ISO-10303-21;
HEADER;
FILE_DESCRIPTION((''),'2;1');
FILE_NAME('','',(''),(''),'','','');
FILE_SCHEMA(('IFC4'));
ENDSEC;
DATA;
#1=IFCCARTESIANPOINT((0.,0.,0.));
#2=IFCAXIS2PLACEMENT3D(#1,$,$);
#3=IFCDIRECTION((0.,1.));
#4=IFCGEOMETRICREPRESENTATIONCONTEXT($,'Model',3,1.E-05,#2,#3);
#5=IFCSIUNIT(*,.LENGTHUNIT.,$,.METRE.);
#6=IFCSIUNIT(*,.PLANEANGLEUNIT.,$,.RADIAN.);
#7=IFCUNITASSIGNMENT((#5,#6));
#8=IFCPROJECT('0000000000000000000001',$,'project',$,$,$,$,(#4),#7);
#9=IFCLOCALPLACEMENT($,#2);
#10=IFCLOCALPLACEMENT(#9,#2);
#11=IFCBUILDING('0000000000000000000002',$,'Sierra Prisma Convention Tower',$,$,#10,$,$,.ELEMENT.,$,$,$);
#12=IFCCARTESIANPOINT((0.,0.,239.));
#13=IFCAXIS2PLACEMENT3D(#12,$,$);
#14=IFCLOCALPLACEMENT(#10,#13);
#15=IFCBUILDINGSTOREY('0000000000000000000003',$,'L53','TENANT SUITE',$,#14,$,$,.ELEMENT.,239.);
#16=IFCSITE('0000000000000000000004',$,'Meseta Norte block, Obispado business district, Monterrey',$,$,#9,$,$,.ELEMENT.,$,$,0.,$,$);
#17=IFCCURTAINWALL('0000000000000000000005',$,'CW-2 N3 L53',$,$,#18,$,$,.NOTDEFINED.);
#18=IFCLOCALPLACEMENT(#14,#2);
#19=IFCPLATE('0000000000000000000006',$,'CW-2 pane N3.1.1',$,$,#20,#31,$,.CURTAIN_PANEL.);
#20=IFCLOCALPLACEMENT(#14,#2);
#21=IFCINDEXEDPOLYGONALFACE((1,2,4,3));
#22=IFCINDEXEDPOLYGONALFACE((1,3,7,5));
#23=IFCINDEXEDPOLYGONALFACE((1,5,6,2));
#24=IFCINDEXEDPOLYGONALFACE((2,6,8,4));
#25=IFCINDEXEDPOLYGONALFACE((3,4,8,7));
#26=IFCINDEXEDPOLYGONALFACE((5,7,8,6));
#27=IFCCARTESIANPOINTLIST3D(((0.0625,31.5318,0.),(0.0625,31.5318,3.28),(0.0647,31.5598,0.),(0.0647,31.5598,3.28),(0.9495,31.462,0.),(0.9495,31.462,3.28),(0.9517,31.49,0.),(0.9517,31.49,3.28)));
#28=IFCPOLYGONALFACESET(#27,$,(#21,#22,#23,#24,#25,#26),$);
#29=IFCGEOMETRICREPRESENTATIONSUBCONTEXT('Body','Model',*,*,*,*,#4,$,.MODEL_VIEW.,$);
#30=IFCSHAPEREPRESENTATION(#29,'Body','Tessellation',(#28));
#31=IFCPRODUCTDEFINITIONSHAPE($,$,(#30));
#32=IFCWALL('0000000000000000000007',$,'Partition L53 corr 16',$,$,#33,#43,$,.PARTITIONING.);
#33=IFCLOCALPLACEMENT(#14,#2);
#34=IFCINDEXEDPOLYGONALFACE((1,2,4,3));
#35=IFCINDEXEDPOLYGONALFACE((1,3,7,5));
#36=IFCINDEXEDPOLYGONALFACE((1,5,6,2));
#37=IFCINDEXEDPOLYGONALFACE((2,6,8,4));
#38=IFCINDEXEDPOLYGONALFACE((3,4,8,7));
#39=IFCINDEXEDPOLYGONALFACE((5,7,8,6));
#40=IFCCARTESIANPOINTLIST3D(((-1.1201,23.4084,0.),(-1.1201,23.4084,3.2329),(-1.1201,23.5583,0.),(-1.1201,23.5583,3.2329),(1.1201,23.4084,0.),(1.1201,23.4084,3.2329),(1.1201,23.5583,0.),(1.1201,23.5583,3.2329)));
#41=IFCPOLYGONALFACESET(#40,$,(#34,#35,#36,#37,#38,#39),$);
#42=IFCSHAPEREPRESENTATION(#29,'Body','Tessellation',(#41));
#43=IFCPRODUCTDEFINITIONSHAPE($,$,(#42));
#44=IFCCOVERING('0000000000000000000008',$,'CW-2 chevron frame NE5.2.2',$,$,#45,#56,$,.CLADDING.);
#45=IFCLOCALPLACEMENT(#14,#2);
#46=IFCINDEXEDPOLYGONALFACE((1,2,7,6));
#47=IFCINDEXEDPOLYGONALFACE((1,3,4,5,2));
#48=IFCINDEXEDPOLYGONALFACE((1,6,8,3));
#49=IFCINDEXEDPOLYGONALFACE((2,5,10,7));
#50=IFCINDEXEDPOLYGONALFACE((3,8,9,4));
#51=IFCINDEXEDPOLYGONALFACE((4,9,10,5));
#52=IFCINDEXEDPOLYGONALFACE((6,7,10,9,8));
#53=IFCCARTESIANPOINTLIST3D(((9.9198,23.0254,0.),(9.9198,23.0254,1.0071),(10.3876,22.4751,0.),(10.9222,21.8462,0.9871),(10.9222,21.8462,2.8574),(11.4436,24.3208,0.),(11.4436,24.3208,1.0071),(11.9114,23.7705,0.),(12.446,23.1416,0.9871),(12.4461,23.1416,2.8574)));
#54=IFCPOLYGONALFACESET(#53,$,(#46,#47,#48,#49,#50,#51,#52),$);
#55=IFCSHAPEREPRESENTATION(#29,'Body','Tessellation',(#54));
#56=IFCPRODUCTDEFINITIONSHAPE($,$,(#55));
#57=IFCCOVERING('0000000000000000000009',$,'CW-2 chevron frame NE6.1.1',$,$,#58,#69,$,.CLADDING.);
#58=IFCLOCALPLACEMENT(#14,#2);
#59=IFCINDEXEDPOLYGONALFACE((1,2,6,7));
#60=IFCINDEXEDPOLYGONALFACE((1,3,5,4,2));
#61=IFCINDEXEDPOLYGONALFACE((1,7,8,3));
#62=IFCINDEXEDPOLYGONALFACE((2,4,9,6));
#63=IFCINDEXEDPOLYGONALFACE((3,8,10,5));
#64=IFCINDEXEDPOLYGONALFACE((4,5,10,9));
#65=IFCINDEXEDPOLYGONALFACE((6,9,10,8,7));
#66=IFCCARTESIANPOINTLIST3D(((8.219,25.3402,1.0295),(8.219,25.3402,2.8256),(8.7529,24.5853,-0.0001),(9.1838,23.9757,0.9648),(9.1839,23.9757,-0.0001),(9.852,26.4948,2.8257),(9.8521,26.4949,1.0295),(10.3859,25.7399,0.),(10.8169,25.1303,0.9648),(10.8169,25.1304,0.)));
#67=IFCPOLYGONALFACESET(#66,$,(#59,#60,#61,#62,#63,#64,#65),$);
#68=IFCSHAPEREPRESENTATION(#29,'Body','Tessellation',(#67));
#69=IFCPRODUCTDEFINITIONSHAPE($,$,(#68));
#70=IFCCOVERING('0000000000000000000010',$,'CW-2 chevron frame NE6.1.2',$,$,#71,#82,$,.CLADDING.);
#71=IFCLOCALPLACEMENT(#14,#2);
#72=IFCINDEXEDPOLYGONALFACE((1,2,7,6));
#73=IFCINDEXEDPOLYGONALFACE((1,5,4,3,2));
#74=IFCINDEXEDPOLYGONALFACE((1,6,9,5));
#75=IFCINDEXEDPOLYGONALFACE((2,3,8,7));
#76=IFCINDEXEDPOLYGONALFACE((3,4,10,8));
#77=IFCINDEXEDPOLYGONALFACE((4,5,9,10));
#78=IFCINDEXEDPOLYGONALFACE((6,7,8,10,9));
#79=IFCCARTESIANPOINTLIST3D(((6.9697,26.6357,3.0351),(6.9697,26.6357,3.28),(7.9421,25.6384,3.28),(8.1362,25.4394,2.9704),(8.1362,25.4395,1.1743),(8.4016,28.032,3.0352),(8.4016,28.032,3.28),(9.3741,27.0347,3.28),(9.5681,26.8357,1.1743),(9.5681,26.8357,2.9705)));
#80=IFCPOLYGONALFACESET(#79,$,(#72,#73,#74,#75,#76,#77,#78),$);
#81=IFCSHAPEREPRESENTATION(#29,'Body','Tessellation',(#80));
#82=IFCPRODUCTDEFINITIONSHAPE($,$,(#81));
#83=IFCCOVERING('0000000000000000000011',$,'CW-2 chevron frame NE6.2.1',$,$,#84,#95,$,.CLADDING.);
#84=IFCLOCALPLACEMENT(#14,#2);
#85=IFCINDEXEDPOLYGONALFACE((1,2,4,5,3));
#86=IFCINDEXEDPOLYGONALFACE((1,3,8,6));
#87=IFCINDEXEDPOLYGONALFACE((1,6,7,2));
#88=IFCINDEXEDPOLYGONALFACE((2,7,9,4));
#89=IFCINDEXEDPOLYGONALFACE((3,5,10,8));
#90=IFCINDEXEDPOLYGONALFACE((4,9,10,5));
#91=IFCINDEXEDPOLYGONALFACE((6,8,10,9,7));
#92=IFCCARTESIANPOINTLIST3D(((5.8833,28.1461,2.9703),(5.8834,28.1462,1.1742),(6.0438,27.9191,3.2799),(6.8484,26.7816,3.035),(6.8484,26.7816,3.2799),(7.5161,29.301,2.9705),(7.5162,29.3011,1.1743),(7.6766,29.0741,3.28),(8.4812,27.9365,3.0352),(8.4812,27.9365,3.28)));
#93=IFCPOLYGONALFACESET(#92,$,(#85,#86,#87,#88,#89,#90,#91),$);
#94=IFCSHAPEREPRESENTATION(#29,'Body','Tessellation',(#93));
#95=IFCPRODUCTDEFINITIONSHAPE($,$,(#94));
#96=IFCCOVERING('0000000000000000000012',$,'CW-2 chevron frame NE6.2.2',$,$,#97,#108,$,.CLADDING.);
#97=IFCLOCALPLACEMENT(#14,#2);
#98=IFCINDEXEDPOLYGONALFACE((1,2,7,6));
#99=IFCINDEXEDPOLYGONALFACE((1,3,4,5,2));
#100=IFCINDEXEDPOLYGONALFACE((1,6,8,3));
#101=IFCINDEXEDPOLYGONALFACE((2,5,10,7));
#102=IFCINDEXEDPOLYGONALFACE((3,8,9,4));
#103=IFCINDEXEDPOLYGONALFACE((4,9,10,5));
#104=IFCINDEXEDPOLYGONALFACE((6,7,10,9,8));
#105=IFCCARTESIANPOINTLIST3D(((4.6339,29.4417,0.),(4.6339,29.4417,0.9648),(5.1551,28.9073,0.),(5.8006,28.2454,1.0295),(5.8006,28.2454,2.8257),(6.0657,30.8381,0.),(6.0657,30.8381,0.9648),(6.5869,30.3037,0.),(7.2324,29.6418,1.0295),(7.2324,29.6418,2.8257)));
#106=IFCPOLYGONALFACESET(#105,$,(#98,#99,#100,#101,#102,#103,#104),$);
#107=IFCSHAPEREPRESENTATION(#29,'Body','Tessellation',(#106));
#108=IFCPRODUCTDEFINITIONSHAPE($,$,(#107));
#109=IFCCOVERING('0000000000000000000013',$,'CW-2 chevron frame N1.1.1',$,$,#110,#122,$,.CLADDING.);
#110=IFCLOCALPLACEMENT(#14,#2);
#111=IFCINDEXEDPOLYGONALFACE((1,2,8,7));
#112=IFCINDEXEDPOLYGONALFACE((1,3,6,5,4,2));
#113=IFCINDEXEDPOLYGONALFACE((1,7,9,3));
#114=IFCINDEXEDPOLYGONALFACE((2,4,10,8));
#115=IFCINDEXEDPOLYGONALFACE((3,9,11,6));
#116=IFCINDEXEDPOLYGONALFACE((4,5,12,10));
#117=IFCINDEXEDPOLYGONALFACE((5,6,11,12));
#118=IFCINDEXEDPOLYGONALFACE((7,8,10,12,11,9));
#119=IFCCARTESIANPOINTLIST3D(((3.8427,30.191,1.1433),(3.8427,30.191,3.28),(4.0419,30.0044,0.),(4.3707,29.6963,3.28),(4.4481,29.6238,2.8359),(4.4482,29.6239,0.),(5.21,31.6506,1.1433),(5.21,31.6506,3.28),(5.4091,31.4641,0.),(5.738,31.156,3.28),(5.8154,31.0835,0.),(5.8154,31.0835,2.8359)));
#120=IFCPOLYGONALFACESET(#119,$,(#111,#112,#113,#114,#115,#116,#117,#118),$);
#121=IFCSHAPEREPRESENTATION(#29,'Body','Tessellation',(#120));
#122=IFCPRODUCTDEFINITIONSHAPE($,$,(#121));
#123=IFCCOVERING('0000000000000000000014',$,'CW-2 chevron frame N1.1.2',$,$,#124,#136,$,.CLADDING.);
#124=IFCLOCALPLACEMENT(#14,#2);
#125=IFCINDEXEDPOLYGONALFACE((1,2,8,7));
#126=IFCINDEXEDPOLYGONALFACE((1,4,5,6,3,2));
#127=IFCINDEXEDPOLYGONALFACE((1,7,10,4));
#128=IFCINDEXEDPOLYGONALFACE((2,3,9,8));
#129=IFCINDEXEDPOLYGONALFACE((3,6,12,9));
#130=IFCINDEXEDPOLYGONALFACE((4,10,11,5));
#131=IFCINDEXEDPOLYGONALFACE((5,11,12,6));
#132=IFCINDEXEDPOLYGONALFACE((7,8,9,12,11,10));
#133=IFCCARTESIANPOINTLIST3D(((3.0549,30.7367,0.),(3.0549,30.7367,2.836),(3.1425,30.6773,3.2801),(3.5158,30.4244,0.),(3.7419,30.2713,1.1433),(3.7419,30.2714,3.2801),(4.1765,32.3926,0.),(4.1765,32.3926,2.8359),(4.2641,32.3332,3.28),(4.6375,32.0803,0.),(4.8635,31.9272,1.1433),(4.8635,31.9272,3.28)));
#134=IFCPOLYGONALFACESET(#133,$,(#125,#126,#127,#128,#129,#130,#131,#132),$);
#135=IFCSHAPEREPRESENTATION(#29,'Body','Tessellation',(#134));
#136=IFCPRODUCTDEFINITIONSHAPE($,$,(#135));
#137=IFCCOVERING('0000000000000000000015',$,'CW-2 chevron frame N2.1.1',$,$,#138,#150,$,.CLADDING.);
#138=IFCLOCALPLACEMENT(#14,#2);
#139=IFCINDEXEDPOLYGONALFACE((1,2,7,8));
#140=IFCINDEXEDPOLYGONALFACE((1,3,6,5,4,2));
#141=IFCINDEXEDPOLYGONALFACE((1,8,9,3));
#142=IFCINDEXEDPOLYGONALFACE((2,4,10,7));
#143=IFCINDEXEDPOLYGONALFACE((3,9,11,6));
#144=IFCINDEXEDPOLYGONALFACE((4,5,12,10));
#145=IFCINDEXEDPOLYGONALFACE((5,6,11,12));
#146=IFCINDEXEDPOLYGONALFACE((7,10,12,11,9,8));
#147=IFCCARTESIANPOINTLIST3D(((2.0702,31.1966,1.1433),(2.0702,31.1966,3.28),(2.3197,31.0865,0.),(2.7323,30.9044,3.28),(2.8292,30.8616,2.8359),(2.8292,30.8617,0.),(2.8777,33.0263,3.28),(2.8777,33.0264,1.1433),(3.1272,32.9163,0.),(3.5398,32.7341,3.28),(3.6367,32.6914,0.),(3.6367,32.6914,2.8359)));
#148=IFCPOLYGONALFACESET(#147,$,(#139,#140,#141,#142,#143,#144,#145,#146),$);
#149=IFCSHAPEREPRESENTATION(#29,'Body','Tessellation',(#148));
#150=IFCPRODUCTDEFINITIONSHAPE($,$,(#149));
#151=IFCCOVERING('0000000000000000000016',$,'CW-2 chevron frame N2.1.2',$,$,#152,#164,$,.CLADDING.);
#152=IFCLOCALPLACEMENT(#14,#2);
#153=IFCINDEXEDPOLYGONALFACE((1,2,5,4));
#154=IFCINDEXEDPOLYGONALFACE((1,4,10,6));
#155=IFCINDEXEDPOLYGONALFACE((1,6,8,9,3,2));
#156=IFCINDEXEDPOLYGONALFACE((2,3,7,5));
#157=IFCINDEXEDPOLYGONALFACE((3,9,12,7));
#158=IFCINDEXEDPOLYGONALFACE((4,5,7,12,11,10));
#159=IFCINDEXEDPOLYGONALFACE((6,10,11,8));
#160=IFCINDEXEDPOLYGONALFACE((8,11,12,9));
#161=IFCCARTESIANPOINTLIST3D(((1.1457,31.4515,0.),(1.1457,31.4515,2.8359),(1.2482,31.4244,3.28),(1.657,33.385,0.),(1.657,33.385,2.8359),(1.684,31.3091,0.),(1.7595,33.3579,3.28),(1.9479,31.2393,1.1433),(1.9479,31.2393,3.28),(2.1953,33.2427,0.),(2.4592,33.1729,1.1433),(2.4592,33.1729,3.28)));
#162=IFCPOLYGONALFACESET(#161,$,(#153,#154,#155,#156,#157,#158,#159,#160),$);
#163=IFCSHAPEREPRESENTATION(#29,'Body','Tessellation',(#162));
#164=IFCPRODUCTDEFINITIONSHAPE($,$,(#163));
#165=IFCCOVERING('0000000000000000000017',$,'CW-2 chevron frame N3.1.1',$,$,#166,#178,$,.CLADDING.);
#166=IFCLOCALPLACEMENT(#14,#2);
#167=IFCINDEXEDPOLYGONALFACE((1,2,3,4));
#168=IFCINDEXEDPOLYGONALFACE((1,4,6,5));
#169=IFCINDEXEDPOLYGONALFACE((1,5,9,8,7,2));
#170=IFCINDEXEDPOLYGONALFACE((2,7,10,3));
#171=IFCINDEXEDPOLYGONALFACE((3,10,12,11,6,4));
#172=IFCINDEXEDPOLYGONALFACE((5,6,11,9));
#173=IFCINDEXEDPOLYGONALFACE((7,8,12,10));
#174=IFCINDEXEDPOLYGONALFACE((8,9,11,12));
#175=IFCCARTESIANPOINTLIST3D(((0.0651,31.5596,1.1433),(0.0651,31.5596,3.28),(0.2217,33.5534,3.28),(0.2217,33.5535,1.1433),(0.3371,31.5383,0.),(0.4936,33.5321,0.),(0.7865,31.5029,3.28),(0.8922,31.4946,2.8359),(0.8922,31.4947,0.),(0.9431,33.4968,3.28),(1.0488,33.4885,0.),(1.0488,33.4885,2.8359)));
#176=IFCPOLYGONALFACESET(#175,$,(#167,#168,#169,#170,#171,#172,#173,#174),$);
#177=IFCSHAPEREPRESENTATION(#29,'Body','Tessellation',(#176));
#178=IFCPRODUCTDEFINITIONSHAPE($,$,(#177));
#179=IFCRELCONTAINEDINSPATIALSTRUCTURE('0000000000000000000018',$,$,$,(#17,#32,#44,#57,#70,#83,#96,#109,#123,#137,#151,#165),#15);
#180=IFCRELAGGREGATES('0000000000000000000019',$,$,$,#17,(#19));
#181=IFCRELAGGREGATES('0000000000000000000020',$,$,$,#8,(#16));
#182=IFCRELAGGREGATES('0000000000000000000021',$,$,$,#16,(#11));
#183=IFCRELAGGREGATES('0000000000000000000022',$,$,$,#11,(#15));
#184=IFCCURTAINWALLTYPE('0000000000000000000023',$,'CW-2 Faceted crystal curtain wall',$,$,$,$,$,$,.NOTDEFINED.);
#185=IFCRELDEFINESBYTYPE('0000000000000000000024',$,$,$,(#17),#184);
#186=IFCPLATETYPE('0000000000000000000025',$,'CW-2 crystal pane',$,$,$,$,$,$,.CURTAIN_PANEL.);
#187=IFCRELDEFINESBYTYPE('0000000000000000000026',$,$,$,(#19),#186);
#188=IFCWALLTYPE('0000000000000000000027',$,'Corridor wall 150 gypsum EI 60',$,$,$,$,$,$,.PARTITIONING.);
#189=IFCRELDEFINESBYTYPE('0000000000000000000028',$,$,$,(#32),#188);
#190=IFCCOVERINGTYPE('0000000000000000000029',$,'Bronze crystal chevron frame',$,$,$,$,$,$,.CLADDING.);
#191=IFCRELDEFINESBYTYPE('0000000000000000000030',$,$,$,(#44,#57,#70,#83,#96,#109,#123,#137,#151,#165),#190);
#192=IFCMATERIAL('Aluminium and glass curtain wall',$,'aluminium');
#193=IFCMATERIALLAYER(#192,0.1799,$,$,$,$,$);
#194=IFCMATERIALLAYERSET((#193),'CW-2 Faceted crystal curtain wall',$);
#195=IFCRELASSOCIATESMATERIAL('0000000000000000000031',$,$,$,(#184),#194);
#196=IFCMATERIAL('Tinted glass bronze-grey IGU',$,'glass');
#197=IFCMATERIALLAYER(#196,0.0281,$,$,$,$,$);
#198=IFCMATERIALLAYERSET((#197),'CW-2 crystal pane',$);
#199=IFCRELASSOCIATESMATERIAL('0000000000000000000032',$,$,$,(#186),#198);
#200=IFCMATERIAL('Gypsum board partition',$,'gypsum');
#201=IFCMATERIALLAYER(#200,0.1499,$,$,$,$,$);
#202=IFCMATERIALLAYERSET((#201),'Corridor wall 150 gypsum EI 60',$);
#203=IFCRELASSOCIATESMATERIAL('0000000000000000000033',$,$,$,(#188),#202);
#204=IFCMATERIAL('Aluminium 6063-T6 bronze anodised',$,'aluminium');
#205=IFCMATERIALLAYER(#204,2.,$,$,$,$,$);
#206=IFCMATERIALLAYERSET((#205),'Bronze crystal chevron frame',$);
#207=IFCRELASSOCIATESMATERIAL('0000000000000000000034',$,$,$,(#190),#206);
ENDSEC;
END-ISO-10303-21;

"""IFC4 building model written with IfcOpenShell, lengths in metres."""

from ifc_helpers import new_model, si_unit, direction, frame, frame_2d, origin, place, context, subcontext, project, spatial, polyline, rectangle, outline, extrude, material, layer, layer_set, type_object, element, aggregate, save


model = new_model("IFC4")

# Units and contexts
model_context = context("Model", 3, precision=1e-05, world=origin(), true_north=direction((0.0, 1.0)))
body_context = subcontext(model_context, "Body", "Model", "MODEL_VIEW")
ifc_project = project(units=[si_unit("LENGTHUNIT", "METRE"), si_unit("PLANEANGLEUNIT", "RADIAN")], contexts=[model_context])

# Site, building, storey
site_placement = place(None, origin())
site = spatial("IfcSite", under=ifc_project, at=site_placement, Name="Meseta Norte block, Obispado business district, Monterrey", CompositionType="ELEMENT", RefElevation=0.0)
building_placement = place(site_placement, origin())
building = spatial("IfcBuilding", under=site, at=building_placement, Name="Sierra Prisma Convention Tower", CompositionType="ELEMENT")
storey_placement = place(building_placement, frame((0.0, 0.0, 239.0)))
storey = spatial("IfcBuildingStorey", under=building, at=storey_placement, Name="L53", Description="TENANT SUITE", CompositionType="ELEMENT", Elevation=239.0)

# Shared definitions
ifc_material_1 = material(Name="Aluminium and glass curtain wall", Category="aluminium")
ifc_layer_1 = layer(ifc_material_1, 0.1799)
ifc_layer_set_1 = layer_set([ifc_layer_1], Name="CW-2 Faceted crystal curtain wall")
curtain_wall_type = type_object("IfcCurtainWallType", Name="CW-2 Faceted crystal curtain wall", PredefinedType="NOTDEFINED", material=ifc_layer_set_1)

# Curtain wall
curtain_wall_1_placement = place(storey_placement, origin())
curtain_wall_1 = element("IfcCurtainWall", 1, at=curtain_wall_1_placement, inside=storey, type_object=curtain_wall_type, Name="CW-2 N3 L53", PredefinedType="NOTDEFINED")

# Plate
ifc_material_2 = material(Name="Tinted glass bronze-grey IGU", Category="glass")
ifc_layer_2 = layer(ifc_material_2, 0.0281)
ifc_layer_set_2 = layer_set([ifc_layer_2], Name="CW-2 crystal pane")
plate_type = type_object("IfcPlateType", Name="CW-2 crystal pane", PredefinedType="CURTAIN_PANEL", material=ifc_layer_set_2)
plate_1_placement = place(storey_placement, frame((0.9517, 31.49, 0.0), z_axis=(0.07848, 0.996916, 0.0), x_axis=(-0.996916, 0.07848, 0.0)))
plate_1 = element("IfcPlate", 2, at=plate_1_placement, type_object=plate_type, Name="CW-2 pane N3.1.1", PredefinedType="CURTAIN_PANEL", context=body_context, shape_type="SweptSolid", body=[
    extrude(outline(polyline([(0.0, 0.0), (0.8897, 0.0), (0.8897, 3.28), (0.0, 3.28), (0.0, 0.0)])), origin(), (0.0, 0.0, -1.0), 0.0281),
])
aggregate(curtain_wall_1, [plate_1])

# Wall
ifc_material_3 = material(Name="Gypsum board partition", Category="gypsum")
ifc_layer_3 = layer(ifc_material_3, 0.1499)
ifc_layer_set_3 = layer_set([ifc_layer_3], Name="Corridor wall 150 gypsum EI 60")
wall_type = type_object("IfcWallType", Name="Corridor wall 150 gypsum EI 60", PredefinedType="PARTITIONING", material=ifc_layer_set_3)
wall_placement = place(storey_placement, frame((1.1201, 23.4834, 0.0), z_axis=(0.0, 0.0, 1.0), x_axis=(-1.0, 0.0, 0.0)))
element("IfcWall", 3, at=wall_placement, inside=storey, type_object=wall_type, Name="Partition L53 corr 16", PredefinedType="PARTITIONING", context=body_context, shape_type="SweptSolid", body=[
    extrude(rectangle(XDim=2.2402, YDim=0.1499, at=frame_2d((1.1201, 0.0))), origin(), (0.0, 0.0, 1.0), 3.2329),
])

# Coverings
ifc_material_4 = material(Name="Aluminium 6063-T6 bronze anodised", Category="aluminium")
ifc_layer_4 = layer(ifc_material_4, 2.0)
ifc_layer_set_4 = layer_set([ifc_layer_4], Name="Bronze crystal chevron frame")
covering_type = type_object("IfcCoveringType", Name="Bronze crystal chevron frame", PredefinedType="CLADDING", material=ifc_layer_set_4)
covering_1_placement = place(storey_placement, frame((11.4436, 24.3208, 0.0), z_axis=(0.761903, 0.647691, -0.000007), x_axis=(0.000006, 0.000005, 1.0)))
element("IfcCovering", 4, at=covering_1_placement, inside=storey, type_object=covering_type, Name="CW-2 chevron frame NE5.2.2", PredefinedType="CLADDING", context=body_context, shape_type="SweptSolid", body=[
    extrude(outline(polyline([(0.0, 0.0), (1.0071, 0.0), (2.8574, 1.5477), (0.9871, 1.5477), (0.0, 0.7222), (0.0, 0.0)])), origin(), (0.0, 0.0, -1.0), 2.0),
])
covering_2_placement = place(storey_placement, frame((10.8169, 25.1304, 0.0), z_axis=(0.816512, 0.577329, 0.000039), x_axis=(-0.577329, 0.816512, 0.0)))
element("IfcCovering", 5, at=covering_2_placement, inside=storey, type_object=covering_type, Name="CW-2 chevron frame NE6.1.1", PredefinedType="CLADDING", context=body_context, shape_type="SweptSolid", body=[
    extrude(outline(polyline([(0.0, 0.0), (0.7465, 0.0), (1.6712, 1.0295), (1.6712, 2.8257), (0.0, 0.9648), (0.0, 0.0)])), origin(), (0.0, 0.0, -1.0), 2.0),
])
covering_3_placement = place(storey_placement, frame((9.5681, 26.8357, 2.9705), z_axis=(0.715966, 0.698135, 0.000022), x_axis=(0.000016, 0.000015, -1.0)))
element("IfcCovering", 6, at=covering_3_placement, inside=storey, type_object=covering_type, Name="CW-2 chevron frame NE6.1.2", PredefinedType="CLADDING", context=body_context, shape_type="SweptSolid", body=[
    extrude(outline(polyline([(0.0, 0.0), (1.7961, 0.0), (-0.0647, 1.6709), (-0.3096, 1.6709), (-0.3096, 0.278), (0.0, 0.0)])), origin(), (0.0, 0.0, -1.0), 2.0),
])
covering_4_placement = place(storey_placement, frame((8.4812, 27.9365, 3.28), z_axis=(0.816422, 0.577456, 0.000067), x_axis=(0.000055, 0.000039, -1.0)))
element("IfcCovering", 7, at=covering_4_placement, inside=storey, type_object=covering_type, Name="CW-2 chevron frame NE6.2.1", PredefinedType="CLADDING", context=body_context, shape_type="SweptSolid", body=[
    extrude(outline(polyline([(0.0, 0.0), (0.2449, 0.0), (2.1057, 1.6713), (0.3096, 1.6713), (0.0, 1.3933), (0.0, 0.0)])), origin(), (0.0, 0.0, -1.0), 2.0),
])
covering_5_placement = place(storey_placement, frame((6.0657, 30.8381, 0.0), z_axis=(0.715889, 0.698214, 0.000003), x_axis=(-0.000002, -0.000002, 1.0)))
element("IfcCovering", 8, at=covering_5_placement, inside=storey, type_object=covering_type, Name="CW-2 chevron frame NE6.2.2", PredefinedType="CLADDING", context=body_context, shape_type="SweptSolid", body=[
    extrude(outline(polyline([(0.0, 0.0), (0.9648, 0.0), (2.8257, 1.6711), (1.0295, 1.6711), (0.0, 0.7465), (0.0, 0.0)])), origin(), (0.0, 0.0, -1.0), 2.0),
])
covering_6_placement = place(storey_placement, frame((5.8154, 31.0835, 0.0), z_axis=(0.683637, 0.729822, 0.000008), x_axis=(-0.729822, 0.683637, 0.0)))
element("IfcCovering", 9, at=covering_6_placement, inside=storey, type_object=covering_type, Name="CW-2 chevron frame N1.1.1", PredefinedType="CLADDING", context=body_context, shape_type="SweptSolid", body=[
    extrude(outline(polyline([(0.0, 0.0), (0.5567, 0.0), (0.8296, 1.1433), (0.8296, 3.28), (0.1061, 3.28), (0.0, 2.8359), (0.0, 0.0)])), origin(), (0.0, 0.0, -1.0), 2.0),
])
covering_7_placement = place(storey_placement, frame((4.8635, 31.9272, 3.28), z_axis=(0.560806, 0.827947, -0.000012), x_axis=(-0.000007, -0.00001, -1.0)))
element("IfcCovering", 10, at=covering_7_placement, inside=storey, type_object=covering_type, Name="CW-2 chevron frame N1.1.2", PredefinedType="CLADDING", context=body_context, shape_type="SweptSolid", body=[
    extrude(outline(polyline([(0.0, 0.0), (2.1367, 0.0), (3.28, 0.273), (3.28, 0.8298), (0.4441, 0.8298), (0.0, 0.7239), (0.0, 0.0)])), origin(), (0.0, 0.0, -1.0), 2.0),
])
covering_8_placement = place(storey_placement, frame((3.6367, 32.6914, 0.0), z_axis=(0.403738, 0.914875, 0.000007), x_axis=(-0.914875, 0.403738, 0.0)))
element("IfcCovering", 11, at=covering_8_placement, inside=storey, type_object=covering_type, Name="CW-2 chevron frame N2.1.1", PredefinedType="CLADDING", context=body_context, shape_type="SweptSolid", body=[
    extrude(outline(polyline([(0.0, 0.0), (0.5569, 0.0), (0.8297, 1.1433), (0.8297, 3.28), (0.1059, 3.28), (0.0, 2.8359), (0.0, 0.0)])), origin(), (0.0, 0.0, -1.0), 2.0),
])
covering_9_placement = place(storey_placement, frame((2.4592, 33.1729, 3.28), z_axis=(0.255661, 0.966766, 0.000002), x_axis=(0.000001, 0.000002, -1.0)))
element("IfcCovering", 12, at=covering_9_placement, inside=storey, type_object=covering_type, Name="CW-2 chevron frame N2.1.2", PredefinedType="CLADDING", context=body_context, shape_type="SweptSolid", body=[
    extrude(outline(polyline([(0.0, 0.0), (2.1367, 0.0), (3.28, 0.273), (3.28, 0.8298), (0.4441, 0.8298), (0.0, 0.7238), (0.0, 0.0)])), origin(), (0.0, 0.0, -1.0), 2.0),
])
covering_10_placement = place(storey_placement, frame((1.0488, 33.4885, 0.0), z_axis=(0.078297, 0.99693, 0.000018), x_axis=(-0.99693, 0.078297, 0.0)))
element("IfcCovering", 13, at=covering_10_placement, inside=storey, type_object=covering_type, Name="CW-2 chevron frame N3.1.1", PredefinedType="CLADDING", context=body_context, shape_type="SweptSolid", body=[
    extrude(outline(polyline([(0.0, 0.0), (0.5569, 0.0), (0.8297, 1.1433), (0.8297, 3.28), (0.106, 3.28), (0.0, 2.8359), (0.0, 0.0)])), origin(), (0.0, 0.0, -1.0), 2.0),
])

save(model, "model.ifc")
